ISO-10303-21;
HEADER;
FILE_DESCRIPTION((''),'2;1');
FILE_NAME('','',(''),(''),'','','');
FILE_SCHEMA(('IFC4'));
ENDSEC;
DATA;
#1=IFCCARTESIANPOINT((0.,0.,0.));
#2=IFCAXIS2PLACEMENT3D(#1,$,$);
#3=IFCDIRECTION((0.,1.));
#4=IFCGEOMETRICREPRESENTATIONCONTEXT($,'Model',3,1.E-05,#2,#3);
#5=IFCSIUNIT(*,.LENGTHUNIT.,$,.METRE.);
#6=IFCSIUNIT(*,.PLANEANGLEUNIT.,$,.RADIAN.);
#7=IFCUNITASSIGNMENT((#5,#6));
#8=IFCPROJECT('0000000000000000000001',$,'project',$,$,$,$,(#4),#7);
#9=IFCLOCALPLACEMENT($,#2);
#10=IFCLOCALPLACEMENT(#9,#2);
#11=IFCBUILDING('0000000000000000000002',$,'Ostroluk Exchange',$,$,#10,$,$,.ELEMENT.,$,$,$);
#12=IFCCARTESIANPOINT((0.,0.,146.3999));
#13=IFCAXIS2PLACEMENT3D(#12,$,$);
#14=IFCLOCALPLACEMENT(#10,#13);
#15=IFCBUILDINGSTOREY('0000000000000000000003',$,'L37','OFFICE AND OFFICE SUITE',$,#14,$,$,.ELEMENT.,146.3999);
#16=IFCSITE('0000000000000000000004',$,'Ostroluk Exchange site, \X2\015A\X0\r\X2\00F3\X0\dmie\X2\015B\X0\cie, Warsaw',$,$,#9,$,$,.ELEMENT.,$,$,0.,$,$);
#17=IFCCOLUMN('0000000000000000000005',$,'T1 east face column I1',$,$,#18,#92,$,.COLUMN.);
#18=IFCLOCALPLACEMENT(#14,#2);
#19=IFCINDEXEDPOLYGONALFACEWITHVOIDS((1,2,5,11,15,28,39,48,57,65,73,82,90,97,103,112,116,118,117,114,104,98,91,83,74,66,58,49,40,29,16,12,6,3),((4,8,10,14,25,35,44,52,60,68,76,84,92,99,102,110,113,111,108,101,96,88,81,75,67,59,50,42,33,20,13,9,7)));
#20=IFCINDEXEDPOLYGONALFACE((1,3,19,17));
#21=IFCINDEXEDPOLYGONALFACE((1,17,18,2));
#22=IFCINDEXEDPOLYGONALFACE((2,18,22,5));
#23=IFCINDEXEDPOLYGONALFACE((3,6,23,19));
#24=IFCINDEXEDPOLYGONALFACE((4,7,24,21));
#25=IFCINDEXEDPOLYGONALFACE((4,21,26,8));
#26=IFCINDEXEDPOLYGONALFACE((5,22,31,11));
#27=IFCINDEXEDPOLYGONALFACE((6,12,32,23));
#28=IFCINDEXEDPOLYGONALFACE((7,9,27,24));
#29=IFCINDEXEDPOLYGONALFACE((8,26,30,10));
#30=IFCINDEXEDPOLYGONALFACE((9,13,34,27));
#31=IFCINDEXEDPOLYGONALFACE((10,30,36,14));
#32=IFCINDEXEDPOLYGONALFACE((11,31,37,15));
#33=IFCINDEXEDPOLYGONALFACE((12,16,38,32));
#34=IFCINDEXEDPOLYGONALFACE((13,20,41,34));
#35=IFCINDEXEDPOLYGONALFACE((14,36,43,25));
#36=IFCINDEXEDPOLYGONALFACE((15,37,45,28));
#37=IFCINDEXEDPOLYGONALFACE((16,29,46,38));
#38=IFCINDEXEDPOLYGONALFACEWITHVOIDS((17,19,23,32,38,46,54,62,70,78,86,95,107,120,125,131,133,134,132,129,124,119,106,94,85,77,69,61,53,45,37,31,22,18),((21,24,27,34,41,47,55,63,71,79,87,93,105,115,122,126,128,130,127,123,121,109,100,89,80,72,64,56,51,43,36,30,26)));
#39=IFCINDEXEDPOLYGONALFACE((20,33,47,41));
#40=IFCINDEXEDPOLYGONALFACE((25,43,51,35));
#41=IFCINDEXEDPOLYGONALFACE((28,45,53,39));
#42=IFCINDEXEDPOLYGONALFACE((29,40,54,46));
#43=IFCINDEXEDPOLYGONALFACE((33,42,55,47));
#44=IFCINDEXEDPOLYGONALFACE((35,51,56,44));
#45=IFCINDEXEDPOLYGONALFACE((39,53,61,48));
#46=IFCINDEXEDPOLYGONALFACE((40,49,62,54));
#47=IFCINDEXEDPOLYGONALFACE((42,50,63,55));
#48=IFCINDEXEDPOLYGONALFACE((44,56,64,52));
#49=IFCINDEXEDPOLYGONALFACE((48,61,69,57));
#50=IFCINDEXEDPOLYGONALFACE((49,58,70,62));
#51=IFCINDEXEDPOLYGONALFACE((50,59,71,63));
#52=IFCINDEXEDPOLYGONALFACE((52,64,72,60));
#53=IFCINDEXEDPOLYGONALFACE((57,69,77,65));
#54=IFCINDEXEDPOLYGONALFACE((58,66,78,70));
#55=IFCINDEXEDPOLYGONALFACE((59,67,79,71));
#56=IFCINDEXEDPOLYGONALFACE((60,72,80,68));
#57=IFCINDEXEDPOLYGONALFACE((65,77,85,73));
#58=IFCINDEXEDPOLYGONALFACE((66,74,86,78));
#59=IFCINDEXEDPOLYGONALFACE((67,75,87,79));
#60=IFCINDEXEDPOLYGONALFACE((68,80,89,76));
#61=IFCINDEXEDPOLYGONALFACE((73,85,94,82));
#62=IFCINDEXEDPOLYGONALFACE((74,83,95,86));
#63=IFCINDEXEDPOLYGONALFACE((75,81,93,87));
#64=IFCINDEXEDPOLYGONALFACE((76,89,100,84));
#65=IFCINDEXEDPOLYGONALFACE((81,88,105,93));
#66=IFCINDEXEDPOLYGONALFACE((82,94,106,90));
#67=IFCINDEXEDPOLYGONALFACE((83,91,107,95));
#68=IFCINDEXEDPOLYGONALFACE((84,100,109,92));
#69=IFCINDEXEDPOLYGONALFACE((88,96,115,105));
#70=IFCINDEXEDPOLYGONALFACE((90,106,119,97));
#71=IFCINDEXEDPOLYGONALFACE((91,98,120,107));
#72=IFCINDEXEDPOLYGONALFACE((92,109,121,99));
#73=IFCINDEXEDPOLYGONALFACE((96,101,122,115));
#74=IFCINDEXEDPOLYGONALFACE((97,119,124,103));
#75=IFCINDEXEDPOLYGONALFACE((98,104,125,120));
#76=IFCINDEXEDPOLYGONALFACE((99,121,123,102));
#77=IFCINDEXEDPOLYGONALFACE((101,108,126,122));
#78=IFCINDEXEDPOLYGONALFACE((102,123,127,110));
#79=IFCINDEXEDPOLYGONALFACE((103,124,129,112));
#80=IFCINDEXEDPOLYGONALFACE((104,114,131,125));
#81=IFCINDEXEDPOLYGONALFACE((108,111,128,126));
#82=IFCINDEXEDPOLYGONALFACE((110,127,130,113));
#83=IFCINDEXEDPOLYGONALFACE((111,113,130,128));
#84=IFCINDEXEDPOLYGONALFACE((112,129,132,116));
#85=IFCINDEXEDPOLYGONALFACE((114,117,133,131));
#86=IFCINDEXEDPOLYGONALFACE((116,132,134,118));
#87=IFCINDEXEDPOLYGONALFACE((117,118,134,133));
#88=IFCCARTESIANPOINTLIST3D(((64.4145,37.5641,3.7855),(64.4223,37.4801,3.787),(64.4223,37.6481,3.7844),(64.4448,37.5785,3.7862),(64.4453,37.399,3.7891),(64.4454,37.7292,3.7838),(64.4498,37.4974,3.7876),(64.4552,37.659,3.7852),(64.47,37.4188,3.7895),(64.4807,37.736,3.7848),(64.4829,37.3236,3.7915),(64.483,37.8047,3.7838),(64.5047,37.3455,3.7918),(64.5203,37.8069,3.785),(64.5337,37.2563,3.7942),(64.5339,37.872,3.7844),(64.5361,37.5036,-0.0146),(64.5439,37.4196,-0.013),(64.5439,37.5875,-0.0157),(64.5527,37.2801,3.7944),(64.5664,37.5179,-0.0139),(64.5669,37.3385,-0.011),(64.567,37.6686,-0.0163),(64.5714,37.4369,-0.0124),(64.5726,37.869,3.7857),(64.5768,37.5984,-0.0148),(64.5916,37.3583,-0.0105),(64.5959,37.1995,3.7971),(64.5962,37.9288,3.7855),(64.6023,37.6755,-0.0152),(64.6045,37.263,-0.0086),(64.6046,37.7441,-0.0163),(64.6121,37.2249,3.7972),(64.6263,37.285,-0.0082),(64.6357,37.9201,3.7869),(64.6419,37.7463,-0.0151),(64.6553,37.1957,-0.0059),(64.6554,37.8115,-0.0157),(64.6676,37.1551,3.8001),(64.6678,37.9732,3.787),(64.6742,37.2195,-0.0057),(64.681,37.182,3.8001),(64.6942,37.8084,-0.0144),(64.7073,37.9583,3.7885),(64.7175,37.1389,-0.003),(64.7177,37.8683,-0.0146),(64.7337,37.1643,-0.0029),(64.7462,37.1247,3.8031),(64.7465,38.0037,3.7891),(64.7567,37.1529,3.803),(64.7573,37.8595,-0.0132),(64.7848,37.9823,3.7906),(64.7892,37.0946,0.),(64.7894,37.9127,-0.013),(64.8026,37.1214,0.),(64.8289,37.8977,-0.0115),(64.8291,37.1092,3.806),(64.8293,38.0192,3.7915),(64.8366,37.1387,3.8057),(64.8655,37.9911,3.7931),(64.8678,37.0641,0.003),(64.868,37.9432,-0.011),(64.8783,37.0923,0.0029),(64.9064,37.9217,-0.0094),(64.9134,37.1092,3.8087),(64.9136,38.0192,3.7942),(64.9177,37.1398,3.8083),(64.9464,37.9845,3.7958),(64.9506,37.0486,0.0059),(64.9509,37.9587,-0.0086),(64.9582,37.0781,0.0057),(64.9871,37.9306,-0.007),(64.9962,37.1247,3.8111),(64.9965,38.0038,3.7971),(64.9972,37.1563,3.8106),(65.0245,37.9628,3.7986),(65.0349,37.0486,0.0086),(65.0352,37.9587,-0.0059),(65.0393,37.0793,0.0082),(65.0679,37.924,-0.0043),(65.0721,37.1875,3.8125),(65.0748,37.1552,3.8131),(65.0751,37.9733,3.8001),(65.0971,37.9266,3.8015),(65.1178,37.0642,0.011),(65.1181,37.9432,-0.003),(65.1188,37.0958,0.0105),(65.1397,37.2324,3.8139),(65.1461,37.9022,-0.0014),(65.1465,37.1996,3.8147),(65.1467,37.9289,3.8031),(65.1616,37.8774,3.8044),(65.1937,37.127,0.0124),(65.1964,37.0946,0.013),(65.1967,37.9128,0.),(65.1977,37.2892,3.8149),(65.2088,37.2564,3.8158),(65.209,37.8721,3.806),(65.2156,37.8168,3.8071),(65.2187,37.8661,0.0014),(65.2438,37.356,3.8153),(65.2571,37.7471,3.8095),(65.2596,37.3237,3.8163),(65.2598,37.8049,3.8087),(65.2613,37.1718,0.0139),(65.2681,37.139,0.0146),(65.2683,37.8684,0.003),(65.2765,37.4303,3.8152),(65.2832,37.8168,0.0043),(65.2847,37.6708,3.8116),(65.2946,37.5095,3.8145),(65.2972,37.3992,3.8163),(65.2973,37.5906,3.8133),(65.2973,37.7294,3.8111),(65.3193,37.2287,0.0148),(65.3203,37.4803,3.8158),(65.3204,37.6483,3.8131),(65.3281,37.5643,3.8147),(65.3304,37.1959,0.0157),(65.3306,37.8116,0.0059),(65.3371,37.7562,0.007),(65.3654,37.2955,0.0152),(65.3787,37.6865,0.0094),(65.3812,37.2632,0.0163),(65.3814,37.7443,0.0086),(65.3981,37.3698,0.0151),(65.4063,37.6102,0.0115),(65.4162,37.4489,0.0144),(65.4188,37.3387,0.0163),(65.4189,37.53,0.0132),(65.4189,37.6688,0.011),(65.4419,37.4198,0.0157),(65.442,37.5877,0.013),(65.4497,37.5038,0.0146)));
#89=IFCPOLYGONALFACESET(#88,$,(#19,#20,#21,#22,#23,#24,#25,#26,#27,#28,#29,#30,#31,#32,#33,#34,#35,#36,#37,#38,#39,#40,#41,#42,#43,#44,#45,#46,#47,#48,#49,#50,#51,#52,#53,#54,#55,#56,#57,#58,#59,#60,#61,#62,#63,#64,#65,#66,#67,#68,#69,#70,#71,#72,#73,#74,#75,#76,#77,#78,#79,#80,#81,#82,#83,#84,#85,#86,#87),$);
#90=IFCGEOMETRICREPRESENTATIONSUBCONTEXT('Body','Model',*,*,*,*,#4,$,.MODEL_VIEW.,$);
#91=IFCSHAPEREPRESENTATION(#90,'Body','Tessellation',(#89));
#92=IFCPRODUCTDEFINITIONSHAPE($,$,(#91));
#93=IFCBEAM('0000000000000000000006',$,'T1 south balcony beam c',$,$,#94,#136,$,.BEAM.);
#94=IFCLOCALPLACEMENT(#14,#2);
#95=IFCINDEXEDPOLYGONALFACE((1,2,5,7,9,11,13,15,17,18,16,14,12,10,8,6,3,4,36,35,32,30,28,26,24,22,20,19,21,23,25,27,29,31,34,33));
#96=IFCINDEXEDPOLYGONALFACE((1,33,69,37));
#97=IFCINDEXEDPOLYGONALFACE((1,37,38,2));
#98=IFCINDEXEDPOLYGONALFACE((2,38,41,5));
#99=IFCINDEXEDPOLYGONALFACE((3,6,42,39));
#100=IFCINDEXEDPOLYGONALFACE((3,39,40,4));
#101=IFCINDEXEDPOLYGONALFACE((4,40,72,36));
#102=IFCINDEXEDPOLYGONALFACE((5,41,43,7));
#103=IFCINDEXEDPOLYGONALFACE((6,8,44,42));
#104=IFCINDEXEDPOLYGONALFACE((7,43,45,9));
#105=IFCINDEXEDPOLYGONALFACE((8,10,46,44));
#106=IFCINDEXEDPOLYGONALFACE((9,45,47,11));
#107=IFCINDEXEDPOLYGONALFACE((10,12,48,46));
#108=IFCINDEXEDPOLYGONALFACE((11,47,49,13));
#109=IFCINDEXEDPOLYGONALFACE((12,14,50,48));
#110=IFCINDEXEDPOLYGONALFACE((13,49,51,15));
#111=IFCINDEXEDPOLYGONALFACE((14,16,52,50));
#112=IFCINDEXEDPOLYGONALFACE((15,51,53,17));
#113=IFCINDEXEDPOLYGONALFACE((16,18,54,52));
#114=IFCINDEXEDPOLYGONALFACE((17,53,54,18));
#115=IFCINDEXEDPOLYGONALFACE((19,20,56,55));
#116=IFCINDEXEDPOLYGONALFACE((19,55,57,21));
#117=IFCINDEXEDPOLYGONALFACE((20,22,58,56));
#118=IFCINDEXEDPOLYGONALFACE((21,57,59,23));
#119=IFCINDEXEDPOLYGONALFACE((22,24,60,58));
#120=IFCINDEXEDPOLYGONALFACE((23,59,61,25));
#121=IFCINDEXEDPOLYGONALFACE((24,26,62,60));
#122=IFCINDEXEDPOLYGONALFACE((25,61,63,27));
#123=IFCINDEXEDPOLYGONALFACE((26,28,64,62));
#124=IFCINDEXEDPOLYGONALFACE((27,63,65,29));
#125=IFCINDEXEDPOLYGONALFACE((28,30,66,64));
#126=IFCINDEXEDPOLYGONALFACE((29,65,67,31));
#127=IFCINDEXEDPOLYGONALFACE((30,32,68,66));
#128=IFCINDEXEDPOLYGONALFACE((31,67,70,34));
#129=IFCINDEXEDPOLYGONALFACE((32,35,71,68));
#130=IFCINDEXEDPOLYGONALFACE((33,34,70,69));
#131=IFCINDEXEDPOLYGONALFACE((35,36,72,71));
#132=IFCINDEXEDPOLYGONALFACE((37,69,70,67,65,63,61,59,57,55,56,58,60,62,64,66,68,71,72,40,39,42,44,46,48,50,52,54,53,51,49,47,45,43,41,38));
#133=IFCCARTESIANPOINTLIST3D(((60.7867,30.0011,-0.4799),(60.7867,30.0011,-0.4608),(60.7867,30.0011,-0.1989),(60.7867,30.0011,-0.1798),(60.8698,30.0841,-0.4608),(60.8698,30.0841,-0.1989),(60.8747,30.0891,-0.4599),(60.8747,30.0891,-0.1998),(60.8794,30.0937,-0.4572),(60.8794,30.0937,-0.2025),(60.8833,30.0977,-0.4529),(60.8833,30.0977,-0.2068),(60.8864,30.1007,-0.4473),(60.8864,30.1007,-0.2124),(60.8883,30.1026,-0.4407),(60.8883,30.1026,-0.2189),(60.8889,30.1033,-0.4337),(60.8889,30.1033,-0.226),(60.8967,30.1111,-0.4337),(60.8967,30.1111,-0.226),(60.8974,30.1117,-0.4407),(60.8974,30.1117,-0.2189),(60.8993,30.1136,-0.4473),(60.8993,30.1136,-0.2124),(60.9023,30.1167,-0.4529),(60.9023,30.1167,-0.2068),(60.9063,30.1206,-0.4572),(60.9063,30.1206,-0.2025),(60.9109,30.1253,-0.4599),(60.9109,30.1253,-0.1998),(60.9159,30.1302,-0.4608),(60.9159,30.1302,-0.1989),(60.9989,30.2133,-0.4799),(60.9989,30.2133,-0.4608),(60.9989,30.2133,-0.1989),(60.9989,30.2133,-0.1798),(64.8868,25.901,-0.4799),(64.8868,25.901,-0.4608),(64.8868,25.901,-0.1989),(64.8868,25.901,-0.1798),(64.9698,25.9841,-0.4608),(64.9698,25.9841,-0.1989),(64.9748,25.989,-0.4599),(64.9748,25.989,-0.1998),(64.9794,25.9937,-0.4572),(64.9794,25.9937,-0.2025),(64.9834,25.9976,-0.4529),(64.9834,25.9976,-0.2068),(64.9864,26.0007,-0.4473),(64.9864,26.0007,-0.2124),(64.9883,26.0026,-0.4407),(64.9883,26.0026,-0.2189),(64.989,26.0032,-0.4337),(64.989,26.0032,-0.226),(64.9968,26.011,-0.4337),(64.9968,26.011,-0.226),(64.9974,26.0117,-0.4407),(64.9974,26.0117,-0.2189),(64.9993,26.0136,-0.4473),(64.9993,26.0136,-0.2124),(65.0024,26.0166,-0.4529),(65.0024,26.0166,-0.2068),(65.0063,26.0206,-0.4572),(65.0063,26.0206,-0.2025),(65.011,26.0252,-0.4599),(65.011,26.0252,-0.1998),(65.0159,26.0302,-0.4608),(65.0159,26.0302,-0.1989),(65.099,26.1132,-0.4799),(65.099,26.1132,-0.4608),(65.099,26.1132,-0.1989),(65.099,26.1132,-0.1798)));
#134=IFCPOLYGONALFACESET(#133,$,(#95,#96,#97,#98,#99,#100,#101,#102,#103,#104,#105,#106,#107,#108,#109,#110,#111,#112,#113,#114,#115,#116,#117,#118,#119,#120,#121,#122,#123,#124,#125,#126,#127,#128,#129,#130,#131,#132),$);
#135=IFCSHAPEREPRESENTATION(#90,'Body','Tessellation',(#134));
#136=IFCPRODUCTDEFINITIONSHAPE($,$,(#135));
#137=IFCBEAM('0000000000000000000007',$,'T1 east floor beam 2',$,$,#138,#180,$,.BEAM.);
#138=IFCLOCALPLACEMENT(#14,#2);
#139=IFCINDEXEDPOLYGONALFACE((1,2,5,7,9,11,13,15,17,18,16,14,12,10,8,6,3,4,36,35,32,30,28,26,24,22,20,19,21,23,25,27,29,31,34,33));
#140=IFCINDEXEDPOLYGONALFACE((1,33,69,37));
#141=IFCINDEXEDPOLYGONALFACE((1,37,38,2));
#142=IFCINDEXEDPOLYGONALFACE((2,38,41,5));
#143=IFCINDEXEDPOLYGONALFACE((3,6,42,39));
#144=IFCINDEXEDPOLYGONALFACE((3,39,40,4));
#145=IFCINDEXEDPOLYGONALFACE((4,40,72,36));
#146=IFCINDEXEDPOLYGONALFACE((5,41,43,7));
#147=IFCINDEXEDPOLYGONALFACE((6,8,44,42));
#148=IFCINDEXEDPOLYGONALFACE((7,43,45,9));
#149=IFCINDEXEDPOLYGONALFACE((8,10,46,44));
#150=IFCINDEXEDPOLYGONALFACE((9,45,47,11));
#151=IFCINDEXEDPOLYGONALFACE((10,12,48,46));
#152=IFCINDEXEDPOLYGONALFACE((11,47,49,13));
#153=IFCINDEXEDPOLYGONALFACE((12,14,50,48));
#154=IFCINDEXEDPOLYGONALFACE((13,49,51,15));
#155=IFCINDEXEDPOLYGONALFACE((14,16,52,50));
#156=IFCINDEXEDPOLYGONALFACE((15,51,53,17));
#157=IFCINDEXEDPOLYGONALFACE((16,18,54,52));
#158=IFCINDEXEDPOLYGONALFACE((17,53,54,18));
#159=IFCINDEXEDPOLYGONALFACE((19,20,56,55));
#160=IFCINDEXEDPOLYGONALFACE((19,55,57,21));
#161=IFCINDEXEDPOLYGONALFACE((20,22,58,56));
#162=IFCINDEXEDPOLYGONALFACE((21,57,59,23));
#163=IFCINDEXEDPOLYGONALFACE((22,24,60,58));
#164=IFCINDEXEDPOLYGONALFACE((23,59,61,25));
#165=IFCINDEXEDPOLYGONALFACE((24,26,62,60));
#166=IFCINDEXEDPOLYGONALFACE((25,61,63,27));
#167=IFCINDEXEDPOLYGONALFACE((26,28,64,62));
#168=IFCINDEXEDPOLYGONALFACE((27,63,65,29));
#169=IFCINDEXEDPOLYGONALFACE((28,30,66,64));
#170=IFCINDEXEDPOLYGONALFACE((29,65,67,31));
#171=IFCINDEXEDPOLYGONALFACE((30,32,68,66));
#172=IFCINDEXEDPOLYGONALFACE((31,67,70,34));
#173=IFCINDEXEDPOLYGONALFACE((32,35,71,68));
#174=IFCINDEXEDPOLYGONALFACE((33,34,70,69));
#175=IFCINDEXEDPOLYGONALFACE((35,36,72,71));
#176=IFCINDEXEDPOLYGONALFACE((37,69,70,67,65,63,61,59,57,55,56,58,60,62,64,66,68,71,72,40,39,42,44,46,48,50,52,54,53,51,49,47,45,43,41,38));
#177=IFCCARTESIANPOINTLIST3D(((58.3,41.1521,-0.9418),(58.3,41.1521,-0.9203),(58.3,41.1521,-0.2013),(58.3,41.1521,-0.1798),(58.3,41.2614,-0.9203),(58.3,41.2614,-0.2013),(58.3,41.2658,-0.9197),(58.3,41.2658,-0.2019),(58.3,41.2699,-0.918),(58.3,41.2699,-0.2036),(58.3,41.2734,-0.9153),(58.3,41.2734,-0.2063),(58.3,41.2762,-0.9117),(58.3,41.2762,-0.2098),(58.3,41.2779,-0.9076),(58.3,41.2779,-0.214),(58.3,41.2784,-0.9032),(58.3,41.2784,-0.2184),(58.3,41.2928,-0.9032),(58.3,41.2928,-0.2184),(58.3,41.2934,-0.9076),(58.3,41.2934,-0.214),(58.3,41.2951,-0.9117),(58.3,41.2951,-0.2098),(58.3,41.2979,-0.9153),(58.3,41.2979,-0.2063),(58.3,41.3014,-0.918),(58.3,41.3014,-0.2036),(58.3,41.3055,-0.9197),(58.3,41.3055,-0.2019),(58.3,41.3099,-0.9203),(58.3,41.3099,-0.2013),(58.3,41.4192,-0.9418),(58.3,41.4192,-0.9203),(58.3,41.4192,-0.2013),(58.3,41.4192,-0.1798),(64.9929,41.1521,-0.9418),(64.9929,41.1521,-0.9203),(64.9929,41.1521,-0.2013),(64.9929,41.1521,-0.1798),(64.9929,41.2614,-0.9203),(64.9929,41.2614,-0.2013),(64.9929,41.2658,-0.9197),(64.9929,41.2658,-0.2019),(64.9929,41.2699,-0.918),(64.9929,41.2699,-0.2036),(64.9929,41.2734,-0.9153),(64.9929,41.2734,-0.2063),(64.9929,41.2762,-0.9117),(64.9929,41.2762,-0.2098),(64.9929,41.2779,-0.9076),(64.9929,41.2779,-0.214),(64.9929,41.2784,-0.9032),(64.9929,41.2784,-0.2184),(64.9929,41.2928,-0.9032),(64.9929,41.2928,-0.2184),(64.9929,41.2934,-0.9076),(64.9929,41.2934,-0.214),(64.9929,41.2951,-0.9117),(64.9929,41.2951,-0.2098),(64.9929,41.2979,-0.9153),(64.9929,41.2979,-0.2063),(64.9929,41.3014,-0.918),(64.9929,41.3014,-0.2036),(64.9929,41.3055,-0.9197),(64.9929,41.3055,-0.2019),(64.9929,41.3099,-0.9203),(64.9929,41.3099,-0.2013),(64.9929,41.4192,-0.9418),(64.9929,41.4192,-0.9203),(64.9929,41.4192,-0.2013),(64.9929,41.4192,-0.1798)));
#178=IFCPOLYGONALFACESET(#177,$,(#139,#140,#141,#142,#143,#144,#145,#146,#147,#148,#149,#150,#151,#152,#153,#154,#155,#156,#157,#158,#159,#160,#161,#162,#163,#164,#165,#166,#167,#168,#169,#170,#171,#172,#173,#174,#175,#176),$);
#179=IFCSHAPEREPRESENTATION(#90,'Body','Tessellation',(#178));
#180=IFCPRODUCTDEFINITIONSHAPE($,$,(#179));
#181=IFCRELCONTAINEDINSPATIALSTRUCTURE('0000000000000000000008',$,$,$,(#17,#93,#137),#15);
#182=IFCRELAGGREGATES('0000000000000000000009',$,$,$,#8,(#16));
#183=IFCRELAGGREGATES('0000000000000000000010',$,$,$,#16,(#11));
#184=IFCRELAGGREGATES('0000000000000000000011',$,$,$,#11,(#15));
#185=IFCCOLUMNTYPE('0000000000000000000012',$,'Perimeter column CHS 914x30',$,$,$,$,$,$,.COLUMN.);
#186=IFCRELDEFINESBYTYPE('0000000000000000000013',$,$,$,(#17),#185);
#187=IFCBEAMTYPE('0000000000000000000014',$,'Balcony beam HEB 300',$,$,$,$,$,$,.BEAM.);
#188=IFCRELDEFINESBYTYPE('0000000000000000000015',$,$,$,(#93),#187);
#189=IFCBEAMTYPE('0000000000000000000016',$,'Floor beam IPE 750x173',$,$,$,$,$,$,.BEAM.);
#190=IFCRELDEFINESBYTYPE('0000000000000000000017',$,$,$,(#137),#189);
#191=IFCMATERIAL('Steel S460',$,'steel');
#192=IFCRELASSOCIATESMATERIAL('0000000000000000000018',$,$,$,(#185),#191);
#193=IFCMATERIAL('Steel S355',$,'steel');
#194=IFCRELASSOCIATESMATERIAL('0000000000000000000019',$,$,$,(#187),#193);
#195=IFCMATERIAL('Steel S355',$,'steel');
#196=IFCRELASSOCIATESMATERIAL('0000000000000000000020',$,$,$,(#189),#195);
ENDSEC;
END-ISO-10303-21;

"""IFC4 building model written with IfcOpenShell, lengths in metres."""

from ifc_helpers import new_model, si_unit, direction, frame, origin, origin_2d, place, context, subcontext, project, spatial, hollow_circle, i_section, extrude, material, material_profile, profile_set, type_object, element, save


model = new_model("IFC4")

# Units and contexts
model_context = context("Model", 3, precision=1e-05, world=origin(), true_north=direction((0.0, 1.0)))
body_context = subcontext(model_context, "Body", "Model", "MODEL_VIEW")
ifc_project = project(units=[si_unit("LENGTHUNIT", "METRE"), si_unit("PLANEANGLEUNIT", "RADIAN")], contexts=[model_context])

# Site, building, storey
site_placement = place(None, origin())
site = spatial("IfcSite", under=ifc_project, at=site_placement, Name="Ostroluk Exchange site, Śródmieście, Warsaw", CompositionType="ELEMENT", RefElevation=0.0)
building_placement = place(site_placement, origin())
building = spatial("IfcBuilding", under=site, at=building_placement, Name="Ostroluk Exchange", CompositionType="ELEMENT")
storey_placement = place(building_placement, frame((0.0, 0.0, 146.3999)))
storey = spatial("IfcBuildingStorey", under=building, at=storey_placement, Name="L37", Description="OFFICE AND OFFICE SUITE", CompositionType="ELEMENT", Elevation=146.3999)

# Column
ifc_material_1 = material(Name="Steel S460", Category="steel")
ifc_material_profile_1 = material_profile(ifc_material_1, hollow_circle(Radius=0.457, WallThickness=0.03, at=origin_2d()), Name="CHS 914x30")
ifc_profile_set_1 = profile_set([ifc_material_profile_1], Name="Steel S460")
column_type = type_object("IfcColumnType", Name="Perimeter column CHS 914x30", PredefinedType="COLUMN", material=ifc_profile_set_1)
column_placement = place(storey_placement, frame((64.9929, 37.5037, 0.0), z_axis=(-0.031974, 0.015923, 0.999362), x_axis=(-0.445775, -0.895145, 0.0)))
element("IfcColumn", 1, at=column_placement, inside=storey, type_object=column_type, Name="T1 east face column I1", PredefinedType="COLUMN", context=body_context, shape_type="SweptSolid", body=[
    extrude(hollow_circle(Radius=0.457, WallThickness=0.03, at=origin_2d()), origin(), (0.0, 0.0, 1.0), 3.8025),
])

# Beams
ifc_material_2 = material(Name="Steel S355", Category="steel")
ifc_material_profile_2 = material_profile(ifc_material_2, i_section(OverallWidth=0.3, OverallDepth=0.3, WebThickness=0.011, FlangeThickness=0.019, FilletRadius=0.0271, at=origin_2d()), Name="HEB 300")
ifc_profile_set_2 = profile_set([ifc_material_profile_2], Name="Steel S355")
beam_type_1 = type_object("IfcBeamType", Name="Balcony beam HEB 300", PredefinedType="BEAM", material=ifc_profile_set_2)
beam_1_placement = place(storey_placement, frame((60.8928, 30.1072, -0.3298), z_axis=(0.707107, -0.707107, 0.0), x_axis=(0.707107, 0.707107, 0.0)))
element("IfcBeam", 2, at=beam_1_placement, inside=storey, type_object=beam_type_1, Name="T1 south balcony beam c", PredefinedType="BEAM", context=body_context, shape_type="SweptSolid", body=[
    extrude(i_section(OverallWidth=0.3, OverallDepth=0.3, WebThickness=0.011, FlangeThickness=0.019, FilletRadius=0.0271, at=origin_2d()), origin(), (0.0, 0.0, 1.0), 5.7983),
])
ifc_material_3 = material(Name="Steel S355", Category="steel")
ifc_material_profile_3 = material_profile(ifc_material_3, i_section(OverallWidth=0.2671, OverallDepth=0.762, WebThickness=0.0144, FlangeThickness=0.0215, FilletRadius=0.0171, at=origin_2d()), Name="IPE 750x173")
ifc_profile_set_3 = profile_set([ifc_material_profile_3], Name="Steel S355")
beam_type_2 = type_object("IfcBeamType", Name="Floor beam IPE 750x173", PredefinedType="BEAM", material=ifc_profile_set_3)
beam_2_placement = place(storey_placement, frame((58.3, 41.2856, -0.5608), z_axis=(1.0, 0.0, 0.0), x_axis=(0.0, 1.0, 0.0)))
element("IfcBeam", 3, at=beam_2_placement, inside=storey, type_object=beam_type_2, Name="T1 east floor beam 2", PredefinedType="BEAM", context=body_context, shape_type="SweptSolid", body=[
    extrude(i_section(OverallWidth=0.2671, OverallDepth=0.762, WebThickness=0.0144, FlangeThickness=0.0215, FilletRadius=0.0171, at=origin_2d()), origin(), (0.0, 0.0, 1.0), 6.6929),
])

save(model, "model.ifc")
